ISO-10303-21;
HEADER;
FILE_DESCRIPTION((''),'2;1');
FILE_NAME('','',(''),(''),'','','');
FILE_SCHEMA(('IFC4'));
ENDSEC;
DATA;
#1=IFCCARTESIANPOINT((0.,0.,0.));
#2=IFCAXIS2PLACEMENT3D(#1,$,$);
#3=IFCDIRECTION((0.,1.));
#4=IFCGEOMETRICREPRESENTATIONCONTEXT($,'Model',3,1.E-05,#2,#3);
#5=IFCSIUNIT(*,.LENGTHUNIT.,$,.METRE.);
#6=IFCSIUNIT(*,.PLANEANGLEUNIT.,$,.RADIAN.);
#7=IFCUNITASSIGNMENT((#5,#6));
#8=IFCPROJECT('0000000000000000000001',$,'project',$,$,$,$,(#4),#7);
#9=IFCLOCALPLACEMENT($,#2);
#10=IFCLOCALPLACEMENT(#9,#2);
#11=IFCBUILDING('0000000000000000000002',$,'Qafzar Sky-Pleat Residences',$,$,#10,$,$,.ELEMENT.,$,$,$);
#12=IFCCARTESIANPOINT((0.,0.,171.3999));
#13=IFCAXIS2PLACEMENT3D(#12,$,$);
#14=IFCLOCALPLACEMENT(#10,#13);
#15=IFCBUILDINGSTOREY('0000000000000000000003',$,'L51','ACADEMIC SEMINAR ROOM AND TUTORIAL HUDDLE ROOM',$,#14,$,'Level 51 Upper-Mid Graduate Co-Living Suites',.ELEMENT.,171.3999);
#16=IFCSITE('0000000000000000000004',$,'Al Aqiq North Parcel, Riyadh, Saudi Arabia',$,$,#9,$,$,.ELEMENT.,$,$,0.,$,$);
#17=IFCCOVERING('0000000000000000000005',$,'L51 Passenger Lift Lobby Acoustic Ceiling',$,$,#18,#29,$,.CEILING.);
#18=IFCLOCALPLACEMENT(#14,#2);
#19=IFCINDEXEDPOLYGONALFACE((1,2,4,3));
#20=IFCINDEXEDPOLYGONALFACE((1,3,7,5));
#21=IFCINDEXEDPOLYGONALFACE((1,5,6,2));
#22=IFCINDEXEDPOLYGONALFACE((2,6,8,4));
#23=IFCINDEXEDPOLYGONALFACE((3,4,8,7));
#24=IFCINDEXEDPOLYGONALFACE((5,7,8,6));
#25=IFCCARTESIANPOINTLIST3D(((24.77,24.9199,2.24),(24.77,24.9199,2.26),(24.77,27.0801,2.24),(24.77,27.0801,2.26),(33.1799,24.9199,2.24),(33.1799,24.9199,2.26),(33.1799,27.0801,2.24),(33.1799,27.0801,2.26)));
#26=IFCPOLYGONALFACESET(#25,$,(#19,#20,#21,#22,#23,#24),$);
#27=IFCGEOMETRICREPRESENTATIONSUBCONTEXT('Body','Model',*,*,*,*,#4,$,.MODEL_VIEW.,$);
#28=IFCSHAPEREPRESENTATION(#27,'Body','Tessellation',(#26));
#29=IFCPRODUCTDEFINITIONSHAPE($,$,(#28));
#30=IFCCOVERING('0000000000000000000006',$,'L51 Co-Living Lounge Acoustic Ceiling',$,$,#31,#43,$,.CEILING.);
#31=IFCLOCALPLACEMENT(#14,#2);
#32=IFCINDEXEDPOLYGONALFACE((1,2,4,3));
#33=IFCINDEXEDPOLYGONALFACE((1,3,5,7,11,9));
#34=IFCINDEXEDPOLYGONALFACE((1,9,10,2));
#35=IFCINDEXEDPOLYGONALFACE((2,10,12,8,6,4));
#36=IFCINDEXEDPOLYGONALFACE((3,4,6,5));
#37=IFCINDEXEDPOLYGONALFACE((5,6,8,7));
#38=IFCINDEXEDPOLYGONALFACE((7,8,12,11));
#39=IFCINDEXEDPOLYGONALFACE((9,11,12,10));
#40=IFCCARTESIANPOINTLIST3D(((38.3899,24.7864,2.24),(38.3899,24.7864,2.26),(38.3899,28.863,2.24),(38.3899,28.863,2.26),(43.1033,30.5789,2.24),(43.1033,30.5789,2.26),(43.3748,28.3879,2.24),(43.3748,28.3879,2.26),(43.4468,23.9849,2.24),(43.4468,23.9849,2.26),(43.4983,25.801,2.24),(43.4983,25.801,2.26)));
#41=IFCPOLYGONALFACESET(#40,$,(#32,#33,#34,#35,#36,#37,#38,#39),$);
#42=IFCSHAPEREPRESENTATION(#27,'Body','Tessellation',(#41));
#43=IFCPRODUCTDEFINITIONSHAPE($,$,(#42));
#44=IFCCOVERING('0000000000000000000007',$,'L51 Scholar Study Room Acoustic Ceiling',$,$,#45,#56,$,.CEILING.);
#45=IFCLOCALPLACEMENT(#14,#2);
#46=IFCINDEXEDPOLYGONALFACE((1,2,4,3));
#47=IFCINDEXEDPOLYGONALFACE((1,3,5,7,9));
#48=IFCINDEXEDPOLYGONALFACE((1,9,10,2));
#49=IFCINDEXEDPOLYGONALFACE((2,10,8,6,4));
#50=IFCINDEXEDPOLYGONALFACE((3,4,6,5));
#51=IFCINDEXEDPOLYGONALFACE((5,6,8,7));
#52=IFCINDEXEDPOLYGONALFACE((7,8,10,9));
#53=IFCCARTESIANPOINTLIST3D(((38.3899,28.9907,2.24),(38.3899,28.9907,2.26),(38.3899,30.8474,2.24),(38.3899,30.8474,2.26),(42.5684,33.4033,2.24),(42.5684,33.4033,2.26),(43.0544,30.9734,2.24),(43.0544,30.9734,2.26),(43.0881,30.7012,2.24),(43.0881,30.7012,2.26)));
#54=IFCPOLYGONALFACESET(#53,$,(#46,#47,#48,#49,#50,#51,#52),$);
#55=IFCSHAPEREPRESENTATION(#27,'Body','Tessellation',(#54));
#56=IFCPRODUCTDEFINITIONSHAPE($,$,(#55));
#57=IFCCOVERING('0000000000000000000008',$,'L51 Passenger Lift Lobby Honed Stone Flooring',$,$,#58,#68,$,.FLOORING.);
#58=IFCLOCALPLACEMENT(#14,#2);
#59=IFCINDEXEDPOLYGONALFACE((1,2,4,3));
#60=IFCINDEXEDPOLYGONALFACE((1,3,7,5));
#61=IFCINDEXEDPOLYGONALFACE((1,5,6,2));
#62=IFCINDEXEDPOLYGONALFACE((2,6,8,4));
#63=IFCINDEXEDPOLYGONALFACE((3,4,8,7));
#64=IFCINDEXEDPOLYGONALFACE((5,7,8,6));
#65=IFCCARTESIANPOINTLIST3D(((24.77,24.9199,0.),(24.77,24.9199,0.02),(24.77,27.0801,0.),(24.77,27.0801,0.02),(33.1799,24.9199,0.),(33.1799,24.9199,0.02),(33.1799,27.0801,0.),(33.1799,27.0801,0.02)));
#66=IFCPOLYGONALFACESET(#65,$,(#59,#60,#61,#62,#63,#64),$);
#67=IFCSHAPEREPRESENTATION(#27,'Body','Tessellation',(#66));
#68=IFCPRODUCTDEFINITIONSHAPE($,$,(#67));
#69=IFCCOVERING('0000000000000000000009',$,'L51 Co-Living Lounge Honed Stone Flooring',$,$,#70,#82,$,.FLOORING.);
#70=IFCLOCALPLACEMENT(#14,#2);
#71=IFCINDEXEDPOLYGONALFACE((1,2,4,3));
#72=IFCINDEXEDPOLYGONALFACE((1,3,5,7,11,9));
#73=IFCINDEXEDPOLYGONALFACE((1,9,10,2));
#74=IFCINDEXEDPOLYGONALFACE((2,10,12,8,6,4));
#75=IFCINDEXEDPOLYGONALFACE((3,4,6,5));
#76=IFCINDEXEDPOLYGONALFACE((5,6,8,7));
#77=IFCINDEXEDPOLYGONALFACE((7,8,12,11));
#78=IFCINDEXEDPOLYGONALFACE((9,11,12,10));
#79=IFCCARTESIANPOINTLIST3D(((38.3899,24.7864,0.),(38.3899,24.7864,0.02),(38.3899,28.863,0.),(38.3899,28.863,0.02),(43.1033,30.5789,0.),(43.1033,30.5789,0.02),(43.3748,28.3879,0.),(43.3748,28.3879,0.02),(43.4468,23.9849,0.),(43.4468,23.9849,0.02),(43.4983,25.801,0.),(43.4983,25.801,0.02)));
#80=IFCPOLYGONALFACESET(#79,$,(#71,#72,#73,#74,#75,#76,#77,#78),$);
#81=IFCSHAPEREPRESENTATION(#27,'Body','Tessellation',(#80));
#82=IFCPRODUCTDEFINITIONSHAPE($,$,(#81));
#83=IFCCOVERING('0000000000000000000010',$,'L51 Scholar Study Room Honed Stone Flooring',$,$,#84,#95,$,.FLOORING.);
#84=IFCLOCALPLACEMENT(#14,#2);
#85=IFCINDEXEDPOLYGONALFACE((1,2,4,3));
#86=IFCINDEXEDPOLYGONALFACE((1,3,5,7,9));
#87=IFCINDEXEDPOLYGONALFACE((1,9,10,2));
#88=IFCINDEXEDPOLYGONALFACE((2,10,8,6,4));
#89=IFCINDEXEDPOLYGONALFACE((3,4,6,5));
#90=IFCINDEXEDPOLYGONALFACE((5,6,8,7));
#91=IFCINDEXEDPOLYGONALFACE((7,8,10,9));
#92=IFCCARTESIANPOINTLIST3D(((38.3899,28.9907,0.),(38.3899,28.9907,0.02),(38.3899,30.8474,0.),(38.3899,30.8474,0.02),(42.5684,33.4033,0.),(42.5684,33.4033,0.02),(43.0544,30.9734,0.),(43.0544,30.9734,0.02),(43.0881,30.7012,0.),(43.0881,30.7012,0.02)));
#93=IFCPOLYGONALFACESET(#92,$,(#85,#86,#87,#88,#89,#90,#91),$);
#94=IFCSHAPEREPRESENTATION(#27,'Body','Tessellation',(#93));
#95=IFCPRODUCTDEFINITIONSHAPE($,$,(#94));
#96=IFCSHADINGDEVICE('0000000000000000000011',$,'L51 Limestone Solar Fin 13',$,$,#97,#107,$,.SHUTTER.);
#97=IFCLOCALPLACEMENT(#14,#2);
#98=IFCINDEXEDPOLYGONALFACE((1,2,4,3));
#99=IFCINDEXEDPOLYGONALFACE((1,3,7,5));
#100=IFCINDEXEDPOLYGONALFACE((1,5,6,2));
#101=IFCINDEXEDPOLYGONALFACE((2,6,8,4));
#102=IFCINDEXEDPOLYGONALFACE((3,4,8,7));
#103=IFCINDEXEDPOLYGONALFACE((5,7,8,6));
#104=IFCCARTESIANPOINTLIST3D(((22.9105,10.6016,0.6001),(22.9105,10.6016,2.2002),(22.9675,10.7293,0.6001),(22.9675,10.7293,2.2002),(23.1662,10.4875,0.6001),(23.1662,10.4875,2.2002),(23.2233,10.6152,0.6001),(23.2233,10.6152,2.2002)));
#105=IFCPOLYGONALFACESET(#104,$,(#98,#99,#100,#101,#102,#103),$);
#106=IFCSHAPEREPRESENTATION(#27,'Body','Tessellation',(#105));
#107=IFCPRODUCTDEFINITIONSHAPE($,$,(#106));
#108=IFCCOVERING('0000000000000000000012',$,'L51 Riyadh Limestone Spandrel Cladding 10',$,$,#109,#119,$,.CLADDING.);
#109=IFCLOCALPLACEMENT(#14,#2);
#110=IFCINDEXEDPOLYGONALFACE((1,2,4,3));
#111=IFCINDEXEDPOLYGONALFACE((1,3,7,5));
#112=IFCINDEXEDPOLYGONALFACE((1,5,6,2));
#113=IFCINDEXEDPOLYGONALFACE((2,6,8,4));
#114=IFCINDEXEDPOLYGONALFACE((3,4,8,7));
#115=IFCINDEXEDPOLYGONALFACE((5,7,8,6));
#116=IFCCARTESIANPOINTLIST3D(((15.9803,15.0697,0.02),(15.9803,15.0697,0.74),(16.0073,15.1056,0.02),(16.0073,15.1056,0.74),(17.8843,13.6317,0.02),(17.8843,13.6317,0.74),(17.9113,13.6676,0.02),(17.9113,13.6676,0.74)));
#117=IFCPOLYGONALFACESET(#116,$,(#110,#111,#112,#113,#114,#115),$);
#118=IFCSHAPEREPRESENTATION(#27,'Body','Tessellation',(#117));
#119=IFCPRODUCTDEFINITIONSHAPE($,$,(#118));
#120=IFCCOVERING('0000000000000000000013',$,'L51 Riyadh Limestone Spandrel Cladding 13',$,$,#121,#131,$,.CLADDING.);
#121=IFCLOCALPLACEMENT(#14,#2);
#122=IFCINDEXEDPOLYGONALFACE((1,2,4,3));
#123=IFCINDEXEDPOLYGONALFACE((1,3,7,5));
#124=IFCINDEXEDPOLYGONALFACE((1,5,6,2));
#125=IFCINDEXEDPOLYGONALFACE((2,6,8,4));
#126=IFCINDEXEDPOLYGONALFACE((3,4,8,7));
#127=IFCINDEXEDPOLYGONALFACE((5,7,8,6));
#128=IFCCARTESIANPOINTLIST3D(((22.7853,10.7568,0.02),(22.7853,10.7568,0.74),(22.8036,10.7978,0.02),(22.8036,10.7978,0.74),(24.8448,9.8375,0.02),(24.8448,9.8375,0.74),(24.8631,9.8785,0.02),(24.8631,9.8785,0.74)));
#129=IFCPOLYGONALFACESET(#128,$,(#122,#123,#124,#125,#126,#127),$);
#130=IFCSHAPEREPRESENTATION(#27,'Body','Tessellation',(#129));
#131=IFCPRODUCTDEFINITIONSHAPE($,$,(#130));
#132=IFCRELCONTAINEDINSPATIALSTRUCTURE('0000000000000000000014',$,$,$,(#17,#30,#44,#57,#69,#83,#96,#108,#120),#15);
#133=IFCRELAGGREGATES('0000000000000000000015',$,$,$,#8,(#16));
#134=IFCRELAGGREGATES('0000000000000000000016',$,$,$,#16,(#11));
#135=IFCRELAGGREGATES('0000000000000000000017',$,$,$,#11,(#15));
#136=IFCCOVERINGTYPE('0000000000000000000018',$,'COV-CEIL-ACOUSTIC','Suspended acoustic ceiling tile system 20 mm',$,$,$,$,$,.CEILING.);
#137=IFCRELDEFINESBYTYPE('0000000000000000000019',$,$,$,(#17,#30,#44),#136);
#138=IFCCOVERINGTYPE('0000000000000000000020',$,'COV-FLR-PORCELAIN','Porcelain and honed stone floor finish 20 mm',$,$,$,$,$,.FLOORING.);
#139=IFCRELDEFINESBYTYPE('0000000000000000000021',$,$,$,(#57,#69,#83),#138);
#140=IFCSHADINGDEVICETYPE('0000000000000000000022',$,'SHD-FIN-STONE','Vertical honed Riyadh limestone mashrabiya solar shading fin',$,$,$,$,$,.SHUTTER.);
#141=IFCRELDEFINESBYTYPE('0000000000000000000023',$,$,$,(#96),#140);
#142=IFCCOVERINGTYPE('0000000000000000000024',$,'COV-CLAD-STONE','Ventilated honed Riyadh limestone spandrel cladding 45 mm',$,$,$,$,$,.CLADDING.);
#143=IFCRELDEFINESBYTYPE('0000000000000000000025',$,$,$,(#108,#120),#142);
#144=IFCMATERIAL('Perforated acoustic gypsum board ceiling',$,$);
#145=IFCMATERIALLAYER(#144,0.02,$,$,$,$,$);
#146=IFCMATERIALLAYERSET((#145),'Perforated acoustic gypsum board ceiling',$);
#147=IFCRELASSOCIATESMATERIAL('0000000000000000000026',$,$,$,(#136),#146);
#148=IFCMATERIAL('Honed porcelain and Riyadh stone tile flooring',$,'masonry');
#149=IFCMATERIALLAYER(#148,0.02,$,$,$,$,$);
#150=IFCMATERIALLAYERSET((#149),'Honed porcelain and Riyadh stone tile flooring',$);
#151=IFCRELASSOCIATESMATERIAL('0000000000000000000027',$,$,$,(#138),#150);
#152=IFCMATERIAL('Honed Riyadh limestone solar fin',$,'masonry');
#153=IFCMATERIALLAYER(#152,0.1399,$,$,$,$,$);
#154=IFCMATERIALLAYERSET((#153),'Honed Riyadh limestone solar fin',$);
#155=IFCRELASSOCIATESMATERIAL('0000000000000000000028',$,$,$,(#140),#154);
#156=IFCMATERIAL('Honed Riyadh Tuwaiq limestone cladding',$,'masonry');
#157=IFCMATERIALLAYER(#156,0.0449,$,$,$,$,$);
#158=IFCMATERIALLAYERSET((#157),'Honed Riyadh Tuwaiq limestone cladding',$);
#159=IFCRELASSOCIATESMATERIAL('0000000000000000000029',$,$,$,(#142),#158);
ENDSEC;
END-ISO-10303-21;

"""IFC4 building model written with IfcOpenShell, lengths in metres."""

from ifc_helpers import new_model, si_unit, direction, frame, origin, origin_2d, place, context, subcontext, project, spatial, polyline, rectangle, outline, extrude, source, transform, mapped, material, layer, layer_set, type_object, element, save


model = new_model("IFC4")

# Units and contexts
model_context = context("Model", 3, precision=1e-05, world=origin(), true_north=direction((0.0, 1.0)))
body_context = subcontext(model_context, "Body", "Model", "MODEL_VIEW")
ifc_project = project(units=[si_unit("LENGTHUNIT", "METRE"), si_unit("PLANEANGLEUNIT", "RADIAN")], contexts=[model_context])

# Site, building, storey
site_placement = place(None, origin())
site = spatial("IfcSite", under=ifc_project, at=site_placement, Name="Al Aqiq North Parcel, Riyadh, Saudi Arabia", CompositionType="ELEMENT", RefElevation=0.0)
building_placement = place(site_placement, origin())
building = spatial("IfcBuilding", under=site, at=building_placement, Name="Qafzar Sky-Pleat Residences", CompositionType="ELEMENT")
storey_placement = place(building_placement, frame((0.0, 0.0, 171.3999)))
storey = spatial("IfcBuildingStorey", under=building, at=storey_placement, Name="L51", Description="ACADEMIC SEMINAR ROOM AND TUTORIAL HUDDLE ROOM", LongName="Level 51 Upper-Mid Graduate Co-Living Suites", CompositionType="ELEMENT", Elevation=171.3999)

# Coverings
ifc_material_1 = material(Name="Perforated acoustic gypsum board ceiling")
ifc_layer_1 = layer(ifc_material_1, 0.02)
ifc_layer_set_1 = layer_set([ifc_layer_1], Name="Perforated acoustic gypsum board ceiling")
covering_type_1 = type_object("IfcCoveringType", Name="COV-CEIL-ACOUSTIC", Description="Suspended acoustic ceiling tile system 20 mm", PredefinedType="CEILING", material=ifc_layer_set_1)
covering_1_placement = place(storey_placement, frame((0.0, 0.0, 2.24)))
element("IfcCovering", 1, at=covering_1_placement, inside=storey, type_object=covering_type_1, Name="L51 Passenger Lift Lobby Acoustic Ceiling", PredefinedType="CEILING", context=body_context, shape_type="SweptSolid", body=[
    extrude(outline(polyline([(33.1799, 24.9199), (24.77, 24.9199), (24.77, 27.0801), (33.1799, 27.0801), (33.1799, 24.9199)])), origin(), (0.0, 0.0, 1.0), 0.02),
])
covering_2_placement = place(storey_placement, frame((0.0, 0.0, 2.24)))
element("IfcCovering", 2, at=covering_2_placement, inside=storey, type_object=covering_type_1, Name="L51 Co-Living Lounge Acoustic Ceiling", PredefinedType="CEILING", context=body_context, shape_type="SweptSolid", body=[
    extrude(outline(polyline([(43.3748, 28.3879), (43.4983, 25.801), (43.4468, 23.9849), (38.3899, 24.7864), (38.3899, 28.863), (43.1033, 30.5789), (43.3748, 28.3879)])), origin(), (0.0, 0.0, 1.0), 0.02),
])
covering_3_placement = place(storey_placement, frame((0.0, 0.0, 2.24)))
element("IfcCovering", 3, at=covering_3_placement, inside=storey, type_object=covering_type_1, Name="L51 Scholar Study Room Acoustic Ceiling", PredefinedType="CEILING", context=body_context, shape_type="SweptSolid", body=[
    extrude(outline(polyline([(43.0544, 30.9734), (43.0881, 30.7012), (38.3899, 28.9907), (38.3899, 30.8474), (42.5684, 33.4033), (43.0544, 30.9734)])), origin(), (0.0, 0.0, 1.0), 0.02),
])
ifc_material_2 = material(Name="Honed porcelain and Riyadh stone tile flooring", Category="masonry")
ifc_layer_2 = layer(ifc_material_2, 0.02)
ifc_layer_set_2 = layer_set([ifc_layer_2], Name="Honed porcelain and Riyadh stone tile flooring")
covering_type_2 = type_object("IfcCoveringType", Name="COV-FLR-PORCELAIN", Description="Porcelain and honed stone floor finish 20 mm", PredefinedType="FLOORING", material=ifc_layer_set_2)
covering_4_placement = place(storey_placement, origin())
element("IfcCovering", 4, at=covering_4_placement, inside=storey, type_object=covering_type_2, Name="L51 Passenger Lift Lobby Honed Stone Flooring", PredefinedType="FLOORING", context=body_context, shape_type="SweptSolid", body=[
    extrude(outline(polyline([(33.1799, 24.9199), (24.77, 24.9199), (24.77, 27.0801), (33.1799, 27.0801), (33.1799, 24.9199)])), origin(), (0.0, 0.0, 1.0), 0.02),
])
covering_5_placement = place(storey_placement, origin())
element("IfcCovering", 5, at=covering_5_placement, inside=storey, type_object=covering_type_2, Name="L51 Co-Living Lounge Honed Stone Flooring", PredefinedType="FLOORING", context=body_context, shape_type="SweptSolid", body=[
    extrude(outline(polyline([(43.3748, 28.3879), (43.4983, 25.801), (43.4468, 23.9849), (38.3899, 24.7864), (38.3899, 28.863), (43.1033, 30.5789), (43.3748, 28.3879)])), origin(), (0.0, 0.0, 1.0), 0.02),
])
covering_6_placement = place(storey_placement, origin())
element("IfcCovering", 6, at=covering_6_placement, inside=storey, type_object=covering_type_2, Name="L51 Scholar Study Room Honed Stone Flooring", PredefinedType="FLOORING", context=body_context, shape_type="SweptSolid", body=[
    extrude(outline(polyline([(43.0544, 30.9734), (43.0881, 30.7012), (38.3899, 28.9907), (38.3899, 30.8474), (42.5684, 33.4033), (43.0544, 30.9734)])), origin(), (0.0, 0.0, 1.0), 0.02),
])

# Shading device
ifc_material_3 = material(Name="Honed Riyadh limestone solar fin", Category="masonry")
ifc_layer_3 = layer(ifc_material_3, 0.1399)
ifc_layer_set_3 = layer_set([ifc_layer_3], Name="Honed Riyadh limestone solar fin")
shading_device_type = type_object("IfcShadingDeviceType", Name="SHD-FIN-STONE", Description="Vertical honed Riyadh limestone mashrabiya solar shading fin", PredefinedType="SHUTTER", material=ifc_layer_set_3)
shared_shape_1 = source(origin(), body_context, "Body", "SweptSolid", [
    extrude(rectangle(XDim=0.1399, YDim=0.28, at=origin_2d()), origin(), (0.0, 0.0, 1.0), 1.6001),
])
shading_device_placement = place(storey_placement, frame((23.0669, 10.6084, 0.6001), z_axis=(0.0, 0.0, 1.0), x_axis=(-0.407572, -0.913173, 0.0)))
element("IfcShadingDevice", 7, at=shading_device_placement, inside=storey, type_object=shading_device_type, Name="L51 Limestone Solar Fin 13", PredefinedType="SHUTTER", context=body_context, shape_type="MappedRepresentation", body=[
    mapped(shared_shape_1, transform((0.0, 0.0, 0.0), x_axis=(1.0, 0.0, 0.0), y_axis=(0.0, 1.0, 0.0), z_axis=(0.0, 0.0, 1.0), scale=1.0)),
])

# Coverings
ifc_material_4 = material(Name="Honed Riyadh Tuwaiq limestone cladding", Category="masonry")
ifc_layer_4 = layer(ifc_material_4, 0.0449)
ifc_layer_set_4 = layer_set([ifc_layer_4], Name="Honed Riyadh Tuwaiq limestone cladding")
covering_type_3 = type_object("IfcCoveringType", Name="COV-CLAD-STONE", Description="Ventilated honed Riyadh limestone spandrel cladding 45 mm", PredefinedType="CLADDING", material=ifc_layer_set_4)
shared_shape_2 = source(origin(), body_context, "Body", "SweptSolid", [
    extrude(rectangle(XDim=2.386, YDim=0.0449, at=origin_2d()), origin(), (0.0, 0.0, 1.0), 0.72),
])
covering_7_placement = place(storey_placement, frame((16.9458, 14.3687, 0.02), z_axis=(0.0, 0.0, 1.0), x_axis=(0.79799, -0.60267, 0.0)))
element("IfcCovering", 8, at=covering_7_placement, inside=storey, type_object=covering_type_3, Name="L51 Riyadh Limestone Spandrel Cladding 10", PredefinedType="CLADDING", context=body_context, shape_type="MappedRepresentation", body=[
    mapped(shared_shape_2, transform((0.0, 0.0, 0.0), x_axis=(1.0, 0.0, 0.0), y_axis=(0.0, 1.0, 0.0), z_axis=(0.0, 0.0, 1.0), scale=1.0)),
])
shared_shape_3 = source(origin(), body_context, "Body", "SweptSolid", [
    extrude(rectangle(XDim=2.2554, YDim=0.0449, at=origin_2d()), origin(), (0.0, 0.0, 1.0), 0.72),
])
covering_8_placement = place(storey_placement, frame((23.8242, 10.3176, 0.02), z_axis=(0.0, 0.0, 1.0), x_axis=(0.913162, -0.407597, 0.0)))
element("IfcCovering", 9, at=covering_8_placement, inside=storey, type_object=covering_type_3, Name="L51 Riyadh Limestone Spandrel Cladding 13", PredefinedType="CLADDING", context=body_context, shape_type="MappedRepresentation", body=[
    mapped(shared_shape_3, transform((0.0, 0.0, 0.0), x_axis=(1.0, 0.0, 0.0), y_axis=(0.0, 1.0, 0.0), z_axis=(0.0, 0.0, 1.0), scale=1.0)),
])

save(model, "model.ifc")
